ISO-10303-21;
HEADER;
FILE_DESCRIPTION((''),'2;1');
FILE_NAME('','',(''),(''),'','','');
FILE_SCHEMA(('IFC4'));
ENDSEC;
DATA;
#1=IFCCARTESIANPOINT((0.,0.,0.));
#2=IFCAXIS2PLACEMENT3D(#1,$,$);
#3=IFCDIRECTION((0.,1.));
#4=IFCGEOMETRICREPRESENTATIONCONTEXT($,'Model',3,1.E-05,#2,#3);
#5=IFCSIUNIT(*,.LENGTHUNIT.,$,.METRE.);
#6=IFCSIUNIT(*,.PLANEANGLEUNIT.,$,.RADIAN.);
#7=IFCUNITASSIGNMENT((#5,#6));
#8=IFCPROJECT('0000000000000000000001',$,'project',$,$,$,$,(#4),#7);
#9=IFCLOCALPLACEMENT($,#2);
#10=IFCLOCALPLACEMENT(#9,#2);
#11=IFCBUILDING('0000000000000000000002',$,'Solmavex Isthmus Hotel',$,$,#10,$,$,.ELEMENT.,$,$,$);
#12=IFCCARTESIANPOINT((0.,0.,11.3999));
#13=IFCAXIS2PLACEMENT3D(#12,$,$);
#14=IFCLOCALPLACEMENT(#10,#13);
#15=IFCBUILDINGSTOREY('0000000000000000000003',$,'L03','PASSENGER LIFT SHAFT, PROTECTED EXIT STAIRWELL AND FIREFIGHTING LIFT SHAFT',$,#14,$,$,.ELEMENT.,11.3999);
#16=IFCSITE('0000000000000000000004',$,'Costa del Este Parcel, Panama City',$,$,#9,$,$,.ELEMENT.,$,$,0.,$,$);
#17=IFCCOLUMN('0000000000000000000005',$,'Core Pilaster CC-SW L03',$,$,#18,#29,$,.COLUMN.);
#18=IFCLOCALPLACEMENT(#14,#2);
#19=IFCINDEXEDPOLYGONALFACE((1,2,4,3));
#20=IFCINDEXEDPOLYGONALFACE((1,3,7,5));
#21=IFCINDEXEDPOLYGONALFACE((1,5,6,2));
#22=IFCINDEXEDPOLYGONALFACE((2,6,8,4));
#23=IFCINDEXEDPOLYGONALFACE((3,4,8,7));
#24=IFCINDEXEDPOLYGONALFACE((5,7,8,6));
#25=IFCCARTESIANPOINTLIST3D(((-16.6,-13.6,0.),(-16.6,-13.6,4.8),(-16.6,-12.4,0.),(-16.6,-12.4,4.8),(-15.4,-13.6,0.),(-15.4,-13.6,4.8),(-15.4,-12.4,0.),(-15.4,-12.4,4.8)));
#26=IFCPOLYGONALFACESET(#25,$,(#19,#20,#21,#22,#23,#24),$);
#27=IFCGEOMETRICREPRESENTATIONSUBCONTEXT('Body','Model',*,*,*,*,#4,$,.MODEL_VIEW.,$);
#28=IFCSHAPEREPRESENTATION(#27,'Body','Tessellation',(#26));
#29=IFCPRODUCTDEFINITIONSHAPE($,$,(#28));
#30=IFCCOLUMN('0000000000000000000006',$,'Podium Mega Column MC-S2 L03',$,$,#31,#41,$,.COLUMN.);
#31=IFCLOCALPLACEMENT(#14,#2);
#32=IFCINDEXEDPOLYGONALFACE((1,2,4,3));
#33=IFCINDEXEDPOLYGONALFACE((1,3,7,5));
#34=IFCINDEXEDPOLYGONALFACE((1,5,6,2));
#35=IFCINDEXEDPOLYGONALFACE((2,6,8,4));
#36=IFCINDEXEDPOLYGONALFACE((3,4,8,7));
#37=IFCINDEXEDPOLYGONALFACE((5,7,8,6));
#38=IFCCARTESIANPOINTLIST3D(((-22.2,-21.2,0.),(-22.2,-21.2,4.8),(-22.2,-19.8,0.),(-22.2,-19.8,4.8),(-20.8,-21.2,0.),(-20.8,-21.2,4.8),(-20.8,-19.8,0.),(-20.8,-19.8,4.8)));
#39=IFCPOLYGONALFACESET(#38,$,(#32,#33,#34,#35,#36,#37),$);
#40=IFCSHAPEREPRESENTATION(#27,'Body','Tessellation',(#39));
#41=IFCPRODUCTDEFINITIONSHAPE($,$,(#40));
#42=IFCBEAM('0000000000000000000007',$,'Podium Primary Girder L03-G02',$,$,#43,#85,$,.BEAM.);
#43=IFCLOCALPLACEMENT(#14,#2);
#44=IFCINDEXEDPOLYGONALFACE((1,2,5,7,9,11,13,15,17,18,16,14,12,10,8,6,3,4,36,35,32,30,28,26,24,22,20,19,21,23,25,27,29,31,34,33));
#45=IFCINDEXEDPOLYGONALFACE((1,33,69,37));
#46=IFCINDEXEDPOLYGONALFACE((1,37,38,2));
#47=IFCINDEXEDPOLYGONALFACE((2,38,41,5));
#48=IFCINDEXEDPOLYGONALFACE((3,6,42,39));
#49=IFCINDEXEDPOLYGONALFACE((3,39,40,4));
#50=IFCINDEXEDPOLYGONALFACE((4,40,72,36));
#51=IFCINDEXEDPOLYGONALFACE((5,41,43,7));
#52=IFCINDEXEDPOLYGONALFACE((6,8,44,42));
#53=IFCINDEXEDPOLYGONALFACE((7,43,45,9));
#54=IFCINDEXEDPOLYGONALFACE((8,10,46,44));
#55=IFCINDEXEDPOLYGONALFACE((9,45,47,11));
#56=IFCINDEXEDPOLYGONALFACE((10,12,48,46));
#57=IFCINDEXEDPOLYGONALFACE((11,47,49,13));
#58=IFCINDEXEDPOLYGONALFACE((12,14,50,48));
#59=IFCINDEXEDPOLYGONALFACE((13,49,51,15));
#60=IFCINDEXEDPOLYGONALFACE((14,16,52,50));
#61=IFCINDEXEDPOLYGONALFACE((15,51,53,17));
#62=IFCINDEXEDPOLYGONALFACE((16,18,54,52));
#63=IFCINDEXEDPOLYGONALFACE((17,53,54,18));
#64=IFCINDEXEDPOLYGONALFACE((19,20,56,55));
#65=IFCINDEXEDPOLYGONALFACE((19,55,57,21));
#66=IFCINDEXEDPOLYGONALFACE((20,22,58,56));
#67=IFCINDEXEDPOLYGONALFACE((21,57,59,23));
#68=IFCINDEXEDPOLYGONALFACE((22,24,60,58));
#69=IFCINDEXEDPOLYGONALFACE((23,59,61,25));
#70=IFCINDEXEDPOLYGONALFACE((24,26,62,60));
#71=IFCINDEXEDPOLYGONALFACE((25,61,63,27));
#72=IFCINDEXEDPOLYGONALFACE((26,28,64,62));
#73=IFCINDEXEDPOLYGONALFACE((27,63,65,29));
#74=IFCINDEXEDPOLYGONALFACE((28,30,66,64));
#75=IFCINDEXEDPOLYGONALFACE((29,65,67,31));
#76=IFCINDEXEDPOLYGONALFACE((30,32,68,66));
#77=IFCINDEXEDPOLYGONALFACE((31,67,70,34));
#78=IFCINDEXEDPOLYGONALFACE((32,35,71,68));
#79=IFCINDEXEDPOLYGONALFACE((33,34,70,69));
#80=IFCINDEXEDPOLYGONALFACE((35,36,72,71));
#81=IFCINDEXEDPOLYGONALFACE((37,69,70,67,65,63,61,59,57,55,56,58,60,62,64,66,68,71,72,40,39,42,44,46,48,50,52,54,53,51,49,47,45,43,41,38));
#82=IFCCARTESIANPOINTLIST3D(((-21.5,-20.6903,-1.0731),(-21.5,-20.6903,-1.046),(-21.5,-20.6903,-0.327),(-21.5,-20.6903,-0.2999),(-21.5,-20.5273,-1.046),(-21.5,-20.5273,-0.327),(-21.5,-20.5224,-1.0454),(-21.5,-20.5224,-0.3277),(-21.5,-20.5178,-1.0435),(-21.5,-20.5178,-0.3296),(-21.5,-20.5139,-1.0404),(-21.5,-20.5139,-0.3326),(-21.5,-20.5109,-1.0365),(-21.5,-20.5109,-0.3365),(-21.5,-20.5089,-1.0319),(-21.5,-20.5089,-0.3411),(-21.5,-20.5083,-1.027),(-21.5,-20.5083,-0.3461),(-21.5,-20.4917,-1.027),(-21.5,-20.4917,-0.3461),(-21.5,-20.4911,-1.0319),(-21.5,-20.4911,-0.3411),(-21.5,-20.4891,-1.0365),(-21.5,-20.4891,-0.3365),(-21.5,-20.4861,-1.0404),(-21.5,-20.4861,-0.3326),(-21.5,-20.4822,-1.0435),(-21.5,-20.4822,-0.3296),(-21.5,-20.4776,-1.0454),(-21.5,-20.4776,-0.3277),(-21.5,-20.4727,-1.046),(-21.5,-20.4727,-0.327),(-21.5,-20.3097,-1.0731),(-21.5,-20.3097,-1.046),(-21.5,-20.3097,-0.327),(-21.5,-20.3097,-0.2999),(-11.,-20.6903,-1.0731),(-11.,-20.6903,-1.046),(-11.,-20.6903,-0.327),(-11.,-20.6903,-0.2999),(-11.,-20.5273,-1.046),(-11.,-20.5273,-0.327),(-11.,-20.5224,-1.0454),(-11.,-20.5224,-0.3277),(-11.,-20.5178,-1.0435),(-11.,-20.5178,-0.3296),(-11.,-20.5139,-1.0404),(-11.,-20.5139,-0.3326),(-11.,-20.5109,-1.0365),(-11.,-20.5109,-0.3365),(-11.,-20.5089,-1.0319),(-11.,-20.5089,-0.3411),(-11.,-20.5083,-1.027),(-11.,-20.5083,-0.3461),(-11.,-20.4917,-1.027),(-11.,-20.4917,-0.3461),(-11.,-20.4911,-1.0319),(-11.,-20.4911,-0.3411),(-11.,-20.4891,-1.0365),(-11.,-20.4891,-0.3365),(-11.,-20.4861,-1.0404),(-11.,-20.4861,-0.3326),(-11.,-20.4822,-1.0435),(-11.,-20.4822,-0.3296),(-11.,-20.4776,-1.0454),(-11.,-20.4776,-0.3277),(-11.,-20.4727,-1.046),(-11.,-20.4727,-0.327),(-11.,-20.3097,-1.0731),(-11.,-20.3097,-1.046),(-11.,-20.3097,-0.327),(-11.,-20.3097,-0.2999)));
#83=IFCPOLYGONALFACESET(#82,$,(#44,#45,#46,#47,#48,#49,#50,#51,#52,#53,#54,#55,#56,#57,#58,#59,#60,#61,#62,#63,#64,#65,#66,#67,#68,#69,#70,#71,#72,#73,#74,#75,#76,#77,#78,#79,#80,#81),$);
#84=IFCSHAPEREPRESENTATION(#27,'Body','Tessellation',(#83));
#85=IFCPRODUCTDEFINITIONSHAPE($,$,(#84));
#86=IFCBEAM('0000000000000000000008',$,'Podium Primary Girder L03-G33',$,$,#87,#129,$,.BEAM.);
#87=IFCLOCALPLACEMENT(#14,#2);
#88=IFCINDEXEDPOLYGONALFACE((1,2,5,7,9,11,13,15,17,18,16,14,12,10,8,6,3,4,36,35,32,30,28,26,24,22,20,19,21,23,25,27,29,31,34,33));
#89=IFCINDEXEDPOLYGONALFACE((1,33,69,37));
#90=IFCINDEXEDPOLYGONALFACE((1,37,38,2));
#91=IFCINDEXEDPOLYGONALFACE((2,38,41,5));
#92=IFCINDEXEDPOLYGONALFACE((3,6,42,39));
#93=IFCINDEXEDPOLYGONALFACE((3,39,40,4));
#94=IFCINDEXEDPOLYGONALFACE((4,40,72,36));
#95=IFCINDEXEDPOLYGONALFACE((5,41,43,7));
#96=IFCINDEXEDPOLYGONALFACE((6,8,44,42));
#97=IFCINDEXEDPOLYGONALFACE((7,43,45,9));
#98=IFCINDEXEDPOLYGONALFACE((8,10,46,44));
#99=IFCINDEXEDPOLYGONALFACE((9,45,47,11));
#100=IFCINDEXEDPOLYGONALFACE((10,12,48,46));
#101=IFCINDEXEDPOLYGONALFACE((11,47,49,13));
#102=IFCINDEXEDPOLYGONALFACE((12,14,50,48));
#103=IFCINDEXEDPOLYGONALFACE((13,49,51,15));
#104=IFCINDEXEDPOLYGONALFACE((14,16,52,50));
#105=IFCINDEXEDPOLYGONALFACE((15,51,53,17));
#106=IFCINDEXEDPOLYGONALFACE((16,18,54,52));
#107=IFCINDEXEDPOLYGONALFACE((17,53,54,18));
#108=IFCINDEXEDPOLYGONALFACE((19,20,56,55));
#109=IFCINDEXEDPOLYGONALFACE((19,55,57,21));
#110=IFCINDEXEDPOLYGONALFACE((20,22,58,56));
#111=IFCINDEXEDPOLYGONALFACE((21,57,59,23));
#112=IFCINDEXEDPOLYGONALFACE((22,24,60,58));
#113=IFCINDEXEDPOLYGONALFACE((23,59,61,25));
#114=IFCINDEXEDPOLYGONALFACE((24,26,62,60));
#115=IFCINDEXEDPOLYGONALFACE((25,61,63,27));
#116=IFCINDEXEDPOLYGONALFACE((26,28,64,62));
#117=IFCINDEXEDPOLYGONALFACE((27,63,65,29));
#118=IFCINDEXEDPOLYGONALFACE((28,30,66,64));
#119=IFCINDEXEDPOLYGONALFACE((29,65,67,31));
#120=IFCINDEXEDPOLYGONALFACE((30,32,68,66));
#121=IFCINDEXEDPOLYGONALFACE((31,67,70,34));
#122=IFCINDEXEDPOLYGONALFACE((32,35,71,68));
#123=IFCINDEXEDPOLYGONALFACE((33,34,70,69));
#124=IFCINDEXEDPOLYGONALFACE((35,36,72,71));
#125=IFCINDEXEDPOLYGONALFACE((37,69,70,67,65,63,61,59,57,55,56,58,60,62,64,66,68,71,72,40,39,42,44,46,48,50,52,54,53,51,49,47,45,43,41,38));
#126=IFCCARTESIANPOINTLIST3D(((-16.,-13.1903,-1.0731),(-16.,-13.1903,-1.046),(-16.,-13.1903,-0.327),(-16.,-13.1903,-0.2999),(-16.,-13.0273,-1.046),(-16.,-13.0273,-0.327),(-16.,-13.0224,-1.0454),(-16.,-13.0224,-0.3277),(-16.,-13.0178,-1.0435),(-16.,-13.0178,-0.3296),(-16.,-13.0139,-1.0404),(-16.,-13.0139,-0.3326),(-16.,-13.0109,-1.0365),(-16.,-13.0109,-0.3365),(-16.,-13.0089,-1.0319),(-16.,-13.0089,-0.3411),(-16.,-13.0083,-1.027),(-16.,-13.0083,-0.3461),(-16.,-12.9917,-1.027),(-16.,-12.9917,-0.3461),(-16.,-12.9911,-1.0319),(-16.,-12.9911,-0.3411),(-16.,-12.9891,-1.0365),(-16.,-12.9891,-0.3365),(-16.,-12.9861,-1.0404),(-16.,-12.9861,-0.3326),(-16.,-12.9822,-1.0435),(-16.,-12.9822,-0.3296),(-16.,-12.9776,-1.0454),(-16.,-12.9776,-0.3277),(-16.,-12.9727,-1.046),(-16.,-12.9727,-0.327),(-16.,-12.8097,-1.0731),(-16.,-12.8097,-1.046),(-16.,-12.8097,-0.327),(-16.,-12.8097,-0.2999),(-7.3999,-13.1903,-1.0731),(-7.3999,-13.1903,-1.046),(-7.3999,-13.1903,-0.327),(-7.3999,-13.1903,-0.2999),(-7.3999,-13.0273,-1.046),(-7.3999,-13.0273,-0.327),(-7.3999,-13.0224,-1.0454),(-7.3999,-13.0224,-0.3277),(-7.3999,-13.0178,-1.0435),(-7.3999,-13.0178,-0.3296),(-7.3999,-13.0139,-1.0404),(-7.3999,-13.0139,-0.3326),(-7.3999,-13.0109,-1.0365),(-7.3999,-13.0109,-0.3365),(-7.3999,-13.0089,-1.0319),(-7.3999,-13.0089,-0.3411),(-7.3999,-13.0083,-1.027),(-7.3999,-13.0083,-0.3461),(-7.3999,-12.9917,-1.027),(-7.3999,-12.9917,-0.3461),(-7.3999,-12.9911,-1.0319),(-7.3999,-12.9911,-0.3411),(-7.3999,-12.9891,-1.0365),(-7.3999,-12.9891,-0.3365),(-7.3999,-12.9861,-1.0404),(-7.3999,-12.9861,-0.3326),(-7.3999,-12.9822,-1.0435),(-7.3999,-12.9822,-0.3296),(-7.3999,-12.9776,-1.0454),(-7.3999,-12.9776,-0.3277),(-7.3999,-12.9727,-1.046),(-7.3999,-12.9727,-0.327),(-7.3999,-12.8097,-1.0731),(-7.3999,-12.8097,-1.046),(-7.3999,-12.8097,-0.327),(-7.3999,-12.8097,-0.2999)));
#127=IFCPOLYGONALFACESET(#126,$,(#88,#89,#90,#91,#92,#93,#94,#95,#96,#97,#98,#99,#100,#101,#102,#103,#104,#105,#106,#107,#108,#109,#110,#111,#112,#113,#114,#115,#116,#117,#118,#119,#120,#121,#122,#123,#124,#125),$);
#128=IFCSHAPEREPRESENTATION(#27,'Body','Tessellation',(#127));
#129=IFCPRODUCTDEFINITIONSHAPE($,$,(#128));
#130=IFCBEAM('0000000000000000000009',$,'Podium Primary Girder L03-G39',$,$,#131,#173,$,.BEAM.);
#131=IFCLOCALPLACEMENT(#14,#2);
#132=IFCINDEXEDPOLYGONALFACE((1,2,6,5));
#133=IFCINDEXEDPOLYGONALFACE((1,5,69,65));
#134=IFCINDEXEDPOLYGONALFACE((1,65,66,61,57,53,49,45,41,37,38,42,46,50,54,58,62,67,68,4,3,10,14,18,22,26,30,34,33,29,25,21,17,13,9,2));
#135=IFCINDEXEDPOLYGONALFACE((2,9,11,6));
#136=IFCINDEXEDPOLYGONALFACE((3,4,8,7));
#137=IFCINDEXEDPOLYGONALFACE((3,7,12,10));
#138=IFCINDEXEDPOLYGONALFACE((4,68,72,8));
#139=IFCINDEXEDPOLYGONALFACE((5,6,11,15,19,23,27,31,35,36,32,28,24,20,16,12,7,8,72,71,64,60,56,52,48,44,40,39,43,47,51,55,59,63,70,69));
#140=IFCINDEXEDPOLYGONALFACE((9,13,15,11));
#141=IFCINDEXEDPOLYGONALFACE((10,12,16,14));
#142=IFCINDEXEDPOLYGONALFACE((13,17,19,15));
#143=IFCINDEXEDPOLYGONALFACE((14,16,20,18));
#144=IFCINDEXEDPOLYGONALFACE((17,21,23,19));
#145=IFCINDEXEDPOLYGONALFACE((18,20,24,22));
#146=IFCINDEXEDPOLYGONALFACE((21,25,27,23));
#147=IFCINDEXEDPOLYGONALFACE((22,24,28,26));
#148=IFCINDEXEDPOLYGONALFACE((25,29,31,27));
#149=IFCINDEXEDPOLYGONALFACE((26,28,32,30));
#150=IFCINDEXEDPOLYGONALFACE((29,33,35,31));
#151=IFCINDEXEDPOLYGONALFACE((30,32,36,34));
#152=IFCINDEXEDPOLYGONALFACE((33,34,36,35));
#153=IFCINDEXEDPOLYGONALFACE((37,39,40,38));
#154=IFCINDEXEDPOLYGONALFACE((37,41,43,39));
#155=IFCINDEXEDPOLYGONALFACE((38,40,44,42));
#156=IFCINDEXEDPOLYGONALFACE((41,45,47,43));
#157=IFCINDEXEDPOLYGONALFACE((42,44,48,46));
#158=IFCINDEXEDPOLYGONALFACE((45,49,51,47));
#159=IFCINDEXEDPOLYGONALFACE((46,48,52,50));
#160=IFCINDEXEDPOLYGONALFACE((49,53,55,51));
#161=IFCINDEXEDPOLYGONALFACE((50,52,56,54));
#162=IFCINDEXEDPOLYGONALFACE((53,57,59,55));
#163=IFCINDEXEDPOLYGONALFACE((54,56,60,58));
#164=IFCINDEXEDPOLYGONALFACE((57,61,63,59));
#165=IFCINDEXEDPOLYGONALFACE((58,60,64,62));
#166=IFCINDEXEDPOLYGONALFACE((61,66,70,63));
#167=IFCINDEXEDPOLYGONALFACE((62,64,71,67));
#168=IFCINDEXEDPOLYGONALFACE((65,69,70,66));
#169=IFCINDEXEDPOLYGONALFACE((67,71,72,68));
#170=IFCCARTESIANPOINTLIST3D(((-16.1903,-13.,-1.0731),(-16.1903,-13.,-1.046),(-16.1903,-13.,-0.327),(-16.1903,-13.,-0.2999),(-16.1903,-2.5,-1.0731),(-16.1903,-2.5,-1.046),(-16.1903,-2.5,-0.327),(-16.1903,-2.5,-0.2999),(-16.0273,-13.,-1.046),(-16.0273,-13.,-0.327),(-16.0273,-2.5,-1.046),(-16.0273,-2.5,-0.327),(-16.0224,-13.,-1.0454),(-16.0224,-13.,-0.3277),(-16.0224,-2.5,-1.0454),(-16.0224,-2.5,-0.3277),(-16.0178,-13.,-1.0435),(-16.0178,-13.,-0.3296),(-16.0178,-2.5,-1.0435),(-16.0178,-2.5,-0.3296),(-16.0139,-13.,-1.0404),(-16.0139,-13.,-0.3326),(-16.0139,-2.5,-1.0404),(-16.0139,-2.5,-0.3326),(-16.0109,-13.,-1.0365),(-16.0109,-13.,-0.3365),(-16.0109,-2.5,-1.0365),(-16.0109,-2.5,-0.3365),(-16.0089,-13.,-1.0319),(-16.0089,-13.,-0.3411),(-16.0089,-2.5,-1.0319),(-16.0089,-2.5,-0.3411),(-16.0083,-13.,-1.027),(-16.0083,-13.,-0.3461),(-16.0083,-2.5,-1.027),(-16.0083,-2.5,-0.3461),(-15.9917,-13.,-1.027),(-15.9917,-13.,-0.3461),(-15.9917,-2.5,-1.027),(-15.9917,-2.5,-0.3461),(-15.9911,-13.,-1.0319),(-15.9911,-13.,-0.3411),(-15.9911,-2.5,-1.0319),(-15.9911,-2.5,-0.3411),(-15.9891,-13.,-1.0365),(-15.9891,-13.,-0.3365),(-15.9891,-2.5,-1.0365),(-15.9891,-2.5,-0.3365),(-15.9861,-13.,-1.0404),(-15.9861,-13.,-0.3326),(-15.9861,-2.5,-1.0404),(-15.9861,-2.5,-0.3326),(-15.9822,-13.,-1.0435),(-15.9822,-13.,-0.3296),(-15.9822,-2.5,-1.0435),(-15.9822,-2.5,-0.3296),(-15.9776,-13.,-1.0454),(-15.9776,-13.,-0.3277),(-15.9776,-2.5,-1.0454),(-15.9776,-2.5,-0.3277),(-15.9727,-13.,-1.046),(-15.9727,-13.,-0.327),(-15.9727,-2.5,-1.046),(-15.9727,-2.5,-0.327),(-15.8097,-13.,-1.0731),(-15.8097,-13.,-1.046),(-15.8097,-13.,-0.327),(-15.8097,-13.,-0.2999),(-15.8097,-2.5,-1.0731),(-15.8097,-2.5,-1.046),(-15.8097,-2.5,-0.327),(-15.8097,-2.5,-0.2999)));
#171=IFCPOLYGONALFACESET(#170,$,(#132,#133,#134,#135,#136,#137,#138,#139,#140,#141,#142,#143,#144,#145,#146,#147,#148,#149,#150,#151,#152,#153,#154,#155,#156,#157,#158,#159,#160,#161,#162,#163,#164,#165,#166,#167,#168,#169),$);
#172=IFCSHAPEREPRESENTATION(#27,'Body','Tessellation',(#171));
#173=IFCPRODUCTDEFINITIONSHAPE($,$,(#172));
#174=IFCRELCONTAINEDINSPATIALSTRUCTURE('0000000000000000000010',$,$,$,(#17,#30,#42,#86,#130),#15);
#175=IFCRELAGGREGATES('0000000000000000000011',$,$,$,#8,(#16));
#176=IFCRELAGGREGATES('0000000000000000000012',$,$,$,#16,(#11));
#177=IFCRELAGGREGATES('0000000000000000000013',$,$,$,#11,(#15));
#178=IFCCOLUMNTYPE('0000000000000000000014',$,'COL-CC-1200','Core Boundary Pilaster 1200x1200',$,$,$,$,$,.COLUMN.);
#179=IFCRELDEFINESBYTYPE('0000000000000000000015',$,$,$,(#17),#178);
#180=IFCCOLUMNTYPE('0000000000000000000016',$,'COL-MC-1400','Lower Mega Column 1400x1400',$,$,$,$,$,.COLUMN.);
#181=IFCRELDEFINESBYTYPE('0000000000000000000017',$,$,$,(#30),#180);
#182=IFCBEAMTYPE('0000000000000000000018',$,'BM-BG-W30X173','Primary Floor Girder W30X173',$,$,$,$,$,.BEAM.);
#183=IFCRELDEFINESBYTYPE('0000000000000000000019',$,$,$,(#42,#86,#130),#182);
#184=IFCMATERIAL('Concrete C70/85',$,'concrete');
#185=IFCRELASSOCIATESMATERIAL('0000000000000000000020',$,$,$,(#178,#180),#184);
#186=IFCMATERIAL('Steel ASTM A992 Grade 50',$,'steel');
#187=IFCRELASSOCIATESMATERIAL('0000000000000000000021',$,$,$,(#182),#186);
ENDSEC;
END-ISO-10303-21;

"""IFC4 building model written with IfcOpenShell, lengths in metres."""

from ifc_helpers import new_model, si_unit, direction, frame, origin, origin_2d, place, context, subcontext, project, spatial, rectangle, i_section, extrude, material, material_profile, profile_set, type_object, element, save


model = new_model("IFC4")

# Units and contexts
model_context = context("Model", 3, precision=1e-05, world=origin(), true_north=direction((0.0, 1.0)))
body_context = subcontext(model_context, "Body", "Model", "MODEL_VIEW")
ifc_project = project(units=[si_unit("LENGTHUNIT", "METRE"), si_unit("PLANEANGLEUNIT", "RADIAN")], contexts=[model_context])

# Site, building, storey
site_placement = place(None, origin())
site = spatial("IfcSite", under=ifc_project, at=site_placement, Name="Costa del Este Parcel, Panama City", CompositionType="ELEMENT", RefElevation=0.0)
building_placement = place(site_placement, origin())
building = spatial("IfcBuilding", under=site, at=building_placement, Name="Solmavex Isthmus Hotel", CompositionType="ELEMENT")
storey_placement = place(building_placement, frame((0.0, 0.0, 11.3999)))
storey = spatial("IfcBuildingStorey", under=building, at=storey_placement, Name="L03", Description="PASSENGER LIFT SHAFT, PROTECTED EXIT STAIRWELL AND FIREFIGHTING LIFT SHAFT", CompositionType="ELEMENT", Elevation=11.3999)

# Columns
ifc_material_1 = material(Name="Concrete C70/85", Category="concrete")
ifc_material_profile_1 = material_profile(ifc_material_1, rectangle(XDim=1.2, YDim=1.2, at=origin_2d()), Name="RC1200X1200")
ifc_profile_set_1 = profile_set([ifc_material_profile_1], Name="Concrete C70/85")
column_type_1 = type_object("IfcColumnType", Name="COL-CC-1200", Description="Core Boundary Pilaster 1200x1200", PredefinedType="COLUMN", material=ifc_profile_set_1)
column_1_placement = place(storey_placement, frame((-16.0, -13.0, 0.0), z_axis=(0.0, 0.0, 1.0), x_axis=(1.0, 0.0, 0.0)))
element("IfcColumn", 1, at=column_1_placement, inside=storey, type_object=column_type_1, Name="Core Pilaster CC-SW L03", PredefinedType="COLUMN", context=body_context, shape_type="SweptSolid", body=[
    extrude(rectangle(XDim=1.2, YDim=1.2, at=origin_2d()), origin(), (0.0, 0.0, 1.0), 4.8),
])
ifc_material_profile_2 = material_profile(ifc_material_1, rectangle(XDim=1.3999, YDim=1.3999, at=origin_2d()), Name="RC1400X1400")
ifc_profile_set_2 = profile_set([ifc_material_profile_2], Name="Concrete C70/85")
column_type_2 = type_object("IfcColumnType", Name="COL-MC-1400", Description="Lower Mega Column 1400x1400", PredefinedType="COLUMN", material=ifc_profile_set_2)
column_2_placement = place(storey_placement, frame((-21.5, -20.5, 0.0), z_axis=(0.0, 0.0, 1.0), x_axis=(1.0, 0.0, 0.0)))
element("IfcColumn", 2, at=column_2_placement, inside=storey, type_object=column_type_2, Name="Podium Mega Column MC-S2 L03", PredefinedType="COLUMN", context=body_context, shape_type="SweptSolid", body=[
    extrude(rectangle(XDim=1.3999, YDim=1.3999, at=origin_2d()), origin(), (0.0, 0.0, 1.0), 4.8),
])

# Beams
ifc_material_2 = material(Name="Steel ASTM A992 Grade 50", Category="steel")
ifc_material_profile_3 = material_profile(ifc_material_2, i_section(OverallWidth=0.3806, OverallDepth=0.7732, WebThickness=0.0166, FlangeThickness=0.0271, FilletRadius=0.019, at=origin_2d()), Name="W30X173")
ifc_profile_set_3 = profile_set([ifc_material_profile_3], Name="Steel ASTM A992 Grade 50")
beam_type_1 = type_object("IfcBeamType", Name="BM-BG-W30X173", Description="Primary Floor Girder W30X173", PredefinedType="BEAM", material=ifc_profile_set_3)
beam_1_placement = place(storey_placement, frame((-21.5, -20.5, -0.6865), z_axis=(1.0, 0.0, 0.0), x_axis=(0.0, 1.0, 0.0)))
element("IfcBeam", 3, at=beam_1_placement, inside=storey, type_object=beam_type_1, Name="Podium Primary Girder L03-G02", PredefinedType="BEAM", context=body_context, shape_type="SweptSolid", body=[
    extrude(i_section(OverallWidth=0.3806, OverallDepth=0.7732, WebThickness=0.0166, FlangeThickness=0.0271, FilletRadius=0.019, at=origin_2d()), origin(), (0.0, 0.0, 1.0), 10.5),
])
beam_2_placement = place(storey_placement, frame((-16.0, -13.0, -0.6865), z_axis=(1.0, 0.0, 0.0), x_axis=(0.0, 1.0, 0.0)))
element("IfcBeam", 4, at=beam_2_placement, inside=storey, type_object=beam_type_1, Name="Podium Primary Girder L03-G33", PredefinedType="BEAM", context=body_context, shape_type="SweptSolid", body=[
    extrude(i_section(OverallWidth=0.3806, OverallDepth=0.7732, WebThickness=0.0166, FlangeThickness=0.0271, FilletRadius=0.019, at=origin_2d()), origin(), (0.0, 0.0, 1.0), 8.6001),
])
beam_3_placement = place(storey_placement, frame((-16.0, -13.0, -0.6865), z_axis=(0.0, 1.0, 0.0), x_axis=(-1.0, 0.0, 0.0)))
element("IfcBeam", 5, at=beam_3_placement, inside=storey, type_object=beam_type_1, Name="Podium Primary Girder L03-G39", PredefinedType="BEAM", context=body_context, shape_type="SweptSolid", body=[
    extrude(i_section(OverallWidth=0.3806, OverallDepth=0.7732, WebThickness=0.0166, FlangeThickness=0.0271, FilletRadius=0.019, at=origin_2d()), origin(), (0.0, 0.0, 1.0), 10.5),
])

save(model, "model.ifc")
